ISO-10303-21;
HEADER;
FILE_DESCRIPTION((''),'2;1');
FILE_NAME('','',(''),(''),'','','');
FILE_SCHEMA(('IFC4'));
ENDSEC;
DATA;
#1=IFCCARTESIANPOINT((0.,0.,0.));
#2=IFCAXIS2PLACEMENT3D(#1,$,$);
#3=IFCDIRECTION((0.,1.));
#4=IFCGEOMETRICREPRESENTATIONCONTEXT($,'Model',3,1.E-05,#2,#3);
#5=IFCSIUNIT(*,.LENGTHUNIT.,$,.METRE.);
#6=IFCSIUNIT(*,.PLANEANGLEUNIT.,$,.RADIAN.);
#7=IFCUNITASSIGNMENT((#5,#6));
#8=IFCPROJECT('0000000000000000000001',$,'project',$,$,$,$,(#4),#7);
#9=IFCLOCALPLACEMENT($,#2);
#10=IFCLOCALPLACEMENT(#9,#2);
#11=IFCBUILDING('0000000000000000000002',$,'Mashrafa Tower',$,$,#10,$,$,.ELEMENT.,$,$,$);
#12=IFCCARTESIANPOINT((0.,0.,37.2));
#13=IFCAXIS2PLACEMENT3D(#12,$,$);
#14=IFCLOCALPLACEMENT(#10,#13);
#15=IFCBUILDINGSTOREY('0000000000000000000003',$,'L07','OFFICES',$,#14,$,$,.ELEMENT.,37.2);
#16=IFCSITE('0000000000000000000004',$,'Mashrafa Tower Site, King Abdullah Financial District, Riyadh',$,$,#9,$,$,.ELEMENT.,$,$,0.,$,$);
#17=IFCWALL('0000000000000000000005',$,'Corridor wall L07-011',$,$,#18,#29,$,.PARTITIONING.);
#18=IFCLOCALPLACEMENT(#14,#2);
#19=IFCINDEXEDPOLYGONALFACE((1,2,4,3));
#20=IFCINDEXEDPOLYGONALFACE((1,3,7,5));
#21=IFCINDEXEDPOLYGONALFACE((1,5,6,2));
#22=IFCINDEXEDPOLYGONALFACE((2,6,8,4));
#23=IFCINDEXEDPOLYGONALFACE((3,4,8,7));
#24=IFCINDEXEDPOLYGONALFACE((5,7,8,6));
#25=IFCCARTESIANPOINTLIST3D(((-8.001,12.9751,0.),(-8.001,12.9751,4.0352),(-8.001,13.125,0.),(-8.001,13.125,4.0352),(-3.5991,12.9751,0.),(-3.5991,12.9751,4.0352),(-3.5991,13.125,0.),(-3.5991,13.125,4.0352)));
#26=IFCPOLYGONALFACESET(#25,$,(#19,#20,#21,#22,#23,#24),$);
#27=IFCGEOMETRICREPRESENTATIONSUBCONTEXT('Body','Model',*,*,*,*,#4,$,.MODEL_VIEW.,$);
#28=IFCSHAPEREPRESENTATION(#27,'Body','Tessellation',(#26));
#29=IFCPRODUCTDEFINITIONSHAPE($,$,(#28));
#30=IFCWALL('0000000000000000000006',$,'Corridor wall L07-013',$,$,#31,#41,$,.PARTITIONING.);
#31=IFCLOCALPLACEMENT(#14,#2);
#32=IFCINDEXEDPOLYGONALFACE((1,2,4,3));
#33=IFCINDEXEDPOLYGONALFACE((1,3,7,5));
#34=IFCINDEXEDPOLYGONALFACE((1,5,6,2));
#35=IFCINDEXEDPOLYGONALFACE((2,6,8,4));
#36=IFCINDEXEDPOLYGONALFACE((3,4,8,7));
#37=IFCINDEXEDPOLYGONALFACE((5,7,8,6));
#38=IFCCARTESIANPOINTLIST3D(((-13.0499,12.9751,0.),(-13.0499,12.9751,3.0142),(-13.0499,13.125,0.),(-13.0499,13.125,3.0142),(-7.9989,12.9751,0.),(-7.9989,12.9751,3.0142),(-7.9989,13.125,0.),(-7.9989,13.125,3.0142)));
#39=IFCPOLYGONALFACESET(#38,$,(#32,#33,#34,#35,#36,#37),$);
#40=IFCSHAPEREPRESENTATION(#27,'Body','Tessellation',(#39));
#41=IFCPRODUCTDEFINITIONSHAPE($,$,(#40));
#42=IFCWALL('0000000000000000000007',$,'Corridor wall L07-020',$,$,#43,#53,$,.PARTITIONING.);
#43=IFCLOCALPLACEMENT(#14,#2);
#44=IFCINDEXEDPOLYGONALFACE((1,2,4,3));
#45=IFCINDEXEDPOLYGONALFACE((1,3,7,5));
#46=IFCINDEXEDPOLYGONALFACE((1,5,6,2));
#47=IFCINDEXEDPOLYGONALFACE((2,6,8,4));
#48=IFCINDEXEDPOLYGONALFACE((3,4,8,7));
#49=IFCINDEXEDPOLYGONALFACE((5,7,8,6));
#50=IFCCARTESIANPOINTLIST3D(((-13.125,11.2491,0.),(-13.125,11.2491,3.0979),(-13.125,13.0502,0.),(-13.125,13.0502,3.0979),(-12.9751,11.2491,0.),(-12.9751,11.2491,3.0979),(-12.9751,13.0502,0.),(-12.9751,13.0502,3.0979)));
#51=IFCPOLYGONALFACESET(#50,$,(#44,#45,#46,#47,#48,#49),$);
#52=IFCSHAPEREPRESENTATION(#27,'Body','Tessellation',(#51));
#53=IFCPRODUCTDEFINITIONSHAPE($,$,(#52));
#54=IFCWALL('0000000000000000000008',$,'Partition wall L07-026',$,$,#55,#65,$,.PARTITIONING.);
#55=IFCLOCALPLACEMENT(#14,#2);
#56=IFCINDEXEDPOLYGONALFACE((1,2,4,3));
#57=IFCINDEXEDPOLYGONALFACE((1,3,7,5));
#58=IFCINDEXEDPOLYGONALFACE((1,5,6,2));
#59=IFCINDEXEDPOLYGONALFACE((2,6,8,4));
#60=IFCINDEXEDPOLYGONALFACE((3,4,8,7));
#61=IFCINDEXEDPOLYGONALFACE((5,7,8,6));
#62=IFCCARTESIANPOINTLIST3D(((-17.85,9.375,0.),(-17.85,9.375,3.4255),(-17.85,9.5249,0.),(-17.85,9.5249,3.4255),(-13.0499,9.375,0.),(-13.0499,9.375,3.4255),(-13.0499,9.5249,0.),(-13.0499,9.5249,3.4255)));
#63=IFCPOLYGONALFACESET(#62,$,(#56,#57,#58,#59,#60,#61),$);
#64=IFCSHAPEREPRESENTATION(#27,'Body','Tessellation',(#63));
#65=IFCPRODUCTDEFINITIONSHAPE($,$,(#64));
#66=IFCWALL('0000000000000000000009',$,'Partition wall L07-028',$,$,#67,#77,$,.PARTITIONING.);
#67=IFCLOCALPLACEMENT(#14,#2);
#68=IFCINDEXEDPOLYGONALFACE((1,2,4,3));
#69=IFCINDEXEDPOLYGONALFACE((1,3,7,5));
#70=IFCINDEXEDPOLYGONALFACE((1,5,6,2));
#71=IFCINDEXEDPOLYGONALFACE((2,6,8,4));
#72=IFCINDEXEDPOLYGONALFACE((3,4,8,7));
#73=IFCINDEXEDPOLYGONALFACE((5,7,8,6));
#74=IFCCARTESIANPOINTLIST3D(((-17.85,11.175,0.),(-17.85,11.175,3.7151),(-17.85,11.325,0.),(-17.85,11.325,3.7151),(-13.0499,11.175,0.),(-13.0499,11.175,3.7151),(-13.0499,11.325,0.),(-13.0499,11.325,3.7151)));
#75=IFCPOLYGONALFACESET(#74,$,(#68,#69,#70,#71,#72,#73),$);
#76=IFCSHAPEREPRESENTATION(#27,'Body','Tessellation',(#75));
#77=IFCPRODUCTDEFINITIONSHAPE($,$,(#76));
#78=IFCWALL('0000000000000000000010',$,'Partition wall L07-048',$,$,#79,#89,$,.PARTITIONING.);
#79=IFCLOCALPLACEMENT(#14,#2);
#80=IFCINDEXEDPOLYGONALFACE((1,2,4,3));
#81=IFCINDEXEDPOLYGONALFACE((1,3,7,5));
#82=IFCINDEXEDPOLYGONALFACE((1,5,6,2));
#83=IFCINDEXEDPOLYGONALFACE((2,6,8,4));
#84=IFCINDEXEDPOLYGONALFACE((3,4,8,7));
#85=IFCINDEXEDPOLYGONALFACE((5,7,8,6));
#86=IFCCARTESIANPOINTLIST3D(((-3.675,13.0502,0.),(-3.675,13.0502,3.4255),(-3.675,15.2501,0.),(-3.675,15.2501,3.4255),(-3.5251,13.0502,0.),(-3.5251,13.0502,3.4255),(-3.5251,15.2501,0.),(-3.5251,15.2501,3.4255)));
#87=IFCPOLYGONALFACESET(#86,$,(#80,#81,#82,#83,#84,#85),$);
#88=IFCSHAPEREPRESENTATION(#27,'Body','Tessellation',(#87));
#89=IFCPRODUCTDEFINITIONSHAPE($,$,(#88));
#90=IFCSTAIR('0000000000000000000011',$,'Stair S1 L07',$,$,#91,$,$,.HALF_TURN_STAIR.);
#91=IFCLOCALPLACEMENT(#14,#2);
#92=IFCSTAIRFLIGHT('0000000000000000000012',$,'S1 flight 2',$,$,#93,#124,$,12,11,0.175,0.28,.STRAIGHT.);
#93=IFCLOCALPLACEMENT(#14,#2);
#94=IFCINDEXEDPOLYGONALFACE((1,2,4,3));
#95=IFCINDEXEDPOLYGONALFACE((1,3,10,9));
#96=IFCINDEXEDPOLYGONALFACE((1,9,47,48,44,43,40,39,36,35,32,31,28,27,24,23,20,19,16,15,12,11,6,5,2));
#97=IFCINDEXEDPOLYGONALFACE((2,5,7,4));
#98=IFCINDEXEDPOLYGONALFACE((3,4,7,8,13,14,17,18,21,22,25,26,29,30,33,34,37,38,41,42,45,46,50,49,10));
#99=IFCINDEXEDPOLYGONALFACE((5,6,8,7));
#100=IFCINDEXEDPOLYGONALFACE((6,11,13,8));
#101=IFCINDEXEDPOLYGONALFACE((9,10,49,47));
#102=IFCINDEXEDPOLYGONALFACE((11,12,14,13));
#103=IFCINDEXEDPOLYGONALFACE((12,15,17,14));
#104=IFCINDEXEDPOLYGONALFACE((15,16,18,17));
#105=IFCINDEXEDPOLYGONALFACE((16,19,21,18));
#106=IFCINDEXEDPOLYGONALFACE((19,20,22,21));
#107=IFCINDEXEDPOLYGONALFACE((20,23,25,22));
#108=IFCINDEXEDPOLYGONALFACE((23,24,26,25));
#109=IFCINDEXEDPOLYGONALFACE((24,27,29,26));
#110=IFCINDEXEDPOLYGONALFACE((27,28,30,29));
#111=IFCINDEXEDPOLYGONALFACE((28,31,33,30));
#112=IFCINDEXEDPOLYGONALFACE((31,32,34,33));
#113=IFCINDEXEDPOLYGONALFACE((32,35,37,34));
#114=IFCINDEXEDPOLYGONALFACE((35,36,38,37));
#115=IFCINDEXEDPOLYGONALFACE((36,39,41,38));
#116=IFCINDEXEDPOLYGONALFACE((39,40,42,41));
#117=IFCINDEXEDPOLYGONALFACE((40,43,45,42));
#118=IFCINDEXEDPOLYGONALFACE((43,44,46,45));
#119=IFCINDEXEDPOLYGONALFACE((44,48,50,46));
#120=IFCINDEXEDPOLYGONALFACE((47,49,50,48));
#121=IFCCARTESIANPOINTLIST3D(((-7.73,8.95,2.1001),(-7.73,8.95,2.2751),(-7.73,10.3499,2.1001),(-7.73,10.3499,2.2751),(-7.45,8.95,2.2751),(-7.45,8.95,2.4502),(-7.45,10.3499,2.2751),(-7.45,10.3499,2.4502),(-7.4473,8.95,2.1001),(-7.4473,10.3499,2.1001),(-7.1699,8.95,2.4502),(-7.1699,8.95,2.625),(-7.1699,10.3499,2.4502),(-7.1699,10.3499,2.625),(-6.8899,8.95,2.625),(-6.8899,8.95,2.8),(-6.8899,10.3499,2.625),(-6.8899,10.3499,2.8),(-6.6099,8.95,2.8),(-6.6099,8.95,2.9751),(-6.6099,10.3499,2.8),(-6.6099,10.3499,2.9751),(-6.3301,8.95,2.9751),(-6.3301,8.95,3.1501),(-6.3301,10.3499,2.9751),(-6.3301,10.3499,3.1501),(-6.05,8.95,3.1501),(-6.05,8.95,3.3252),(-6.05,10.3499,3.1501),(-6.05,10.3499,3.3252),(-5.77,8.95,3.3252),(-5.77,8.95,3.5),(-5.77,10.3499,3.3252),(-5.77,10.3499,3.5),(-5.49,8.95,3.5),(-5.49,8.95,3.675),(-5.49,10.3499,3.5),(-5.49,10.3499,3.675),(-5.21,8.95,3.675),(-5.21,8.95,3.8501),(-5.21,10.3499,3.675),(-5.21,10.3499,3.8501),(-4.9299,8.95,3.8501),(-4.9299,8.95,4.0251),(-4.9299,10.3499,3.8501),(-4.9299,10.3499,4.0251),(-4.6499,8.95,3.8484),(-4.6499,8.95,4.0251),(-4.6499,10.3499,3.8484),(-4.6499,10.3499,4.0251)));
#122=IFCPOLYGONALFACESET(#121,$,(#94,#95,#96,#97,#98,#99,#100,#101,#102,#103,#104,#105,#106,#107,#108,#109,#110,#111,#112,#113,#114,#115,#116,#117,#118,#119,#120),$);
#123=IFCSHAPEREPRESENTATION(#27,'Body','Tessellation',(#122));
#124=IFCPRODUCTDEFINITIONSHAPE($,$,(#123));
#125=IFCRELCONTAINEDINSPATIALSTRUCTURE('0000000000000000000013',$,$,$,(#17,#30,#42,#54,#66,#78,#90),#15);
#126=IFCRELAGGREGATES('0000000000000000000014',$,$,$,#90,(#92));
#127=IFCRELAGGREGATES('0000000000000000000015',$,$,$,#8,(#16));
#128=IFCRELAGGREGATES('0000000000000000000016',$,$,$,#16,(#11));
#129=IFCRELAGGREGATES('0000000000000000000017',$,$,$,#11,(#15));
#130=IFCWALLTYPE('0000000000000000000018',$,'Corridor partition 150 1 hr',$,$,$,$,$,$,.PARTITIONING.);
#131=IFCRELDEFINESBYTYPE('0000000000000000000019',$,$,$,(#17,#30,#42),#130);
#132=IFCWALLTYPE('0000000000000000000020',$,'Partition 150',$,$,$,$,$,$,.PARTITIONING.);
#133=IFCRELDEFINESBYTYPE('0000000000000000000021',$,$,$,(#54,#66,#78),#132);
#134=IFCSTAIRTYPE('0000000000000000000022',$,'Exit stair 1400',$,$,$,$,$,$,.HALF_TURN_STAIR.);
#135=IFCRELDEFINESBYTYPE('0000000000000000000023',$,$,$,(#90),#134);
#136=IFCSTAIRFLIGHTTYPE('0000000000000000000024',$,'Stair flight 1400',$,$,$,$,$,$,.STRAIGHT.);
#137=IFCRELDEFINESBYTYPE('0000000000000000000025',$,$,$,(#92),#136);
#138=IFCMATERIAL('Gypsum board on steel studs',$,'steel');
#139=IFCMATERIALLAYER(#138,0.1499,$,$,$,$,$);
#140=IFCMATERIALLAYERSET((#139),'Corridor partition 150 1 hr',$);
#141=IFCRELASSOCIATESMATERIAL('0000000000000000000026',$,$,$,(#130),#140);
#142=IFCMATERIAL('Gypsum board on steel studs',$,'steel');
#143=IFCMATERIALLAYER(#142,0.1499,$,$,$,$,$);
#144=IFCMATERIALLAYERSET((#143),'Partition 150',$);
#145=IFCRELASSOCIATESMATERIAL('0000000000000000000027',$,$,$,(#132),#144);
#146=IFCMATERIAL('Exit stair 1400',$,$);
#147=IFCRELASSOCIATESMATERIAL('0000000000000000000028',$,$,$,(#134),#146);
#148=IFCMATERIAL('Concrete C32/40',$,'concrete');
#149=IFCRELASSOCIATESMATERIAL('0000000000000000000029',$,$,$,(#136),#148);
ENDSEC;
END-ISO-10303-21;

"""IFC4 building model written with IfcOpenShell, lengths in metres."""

from ifc_helpers import new_model, si_unit, direction, frame, frame_2d, origin, place, context, subcontext, project, spatial, polyline, rectangle, outline, extrude, material, layer, layer_set, type_object, element, aggregate, save


model = new_model("IFC4")

# Units and contexts
model_context = context("Model", 3, precision=1e-05, world=origin(), true_north=direction((0.0, 1.0)))
body_context = subcontext(model_context, "Body", "Model", "MODEL_VIEW")
ifc_project = project(units=[si_unit("LENGTHUNIT", "METRE"), si_unit("PLANEANGLEUNIT", "RADIAN")], contexts=[model_context])

# Site, building, storey
site_placement = place(None, origin())
site = spatial("IfcSite", under=ifc_project, at=site_placement, Name="Mashrafa Tower Site, King Abdullah Financial District, Riyadh", CompositionType="ELEMENT", RefElevation=0.0)
building_placement = place(site_placement, origin())
building = spatial("IfcBuilding", under=site, at=building_placement, Name="Mashrafa Tower", CompositionType="ELEMENT")
storey_placement = place(building_placement, frame((0.0, 0.0, 37.2)))
storey = spatial("IfcBuildingStorey", under=building, at=storey_placement, Name="L07", Description="OFFICES", CompositionType="ELEMENT", Elevation=37.2)

# Shared definitions
ifc_material_1 = material(Name="Gypsum board on steel studs", Category="steel")
ifc_layer_1 = layer(ifc_material_1, 0.1499)
ifc_layer_set_1 = layer_set([ifc_layer_1], Name="Corridor partition 150 1 hr")
wall_type_1 = type_object("IfcWallType", Name="Corridor partition 150 1 hr", PredefinedType="PARTITIONING", material=ifc_layer_set_1)

# Walls
wall_1_placement = place(storey_placement, frame((-3.5991, 13.05, 0.0), z_axis=(0.0, 0.0, 1.0), x_axis=(-1.0, 0.0, 0.0)))
element("IfcWall", 1, at=wall_1_placement, inside=storey, type_object=wall_type_1, Name="Corridor wall L07-011", PredefinedType="PARTITIONING", context=body_context, shape_type="SweptSolid", body=[
    extrude(rectangle(XDim=4.4019, YDim=0.1499, at=frame_2d((2.2009, 0.0))), origin(), (0.0, 0.0, 1.0), 4.0352),
])
wall_2_placement = place(storey_placement, frame((-7.999, 13.05, 0.0), z_axis=(0.0, 0.0, 1.0), x_axis=(-1.0, 0.0, 0.0)))
element("IfcWall", 2, at=wall_2_placement, inside=storey, type_object=wall_type_1, Name="Corridor wall L07-013", PredefinedType="PARTITIONING", context=body_context, shape_type="SweptSolid", body=[
    extrude(rectangle(XDim=5.051, YDim=0.1499, at=frame_2d((2.5254, 0.0))), origin(), (0.0, 0.0, 1.0), 3.0142),
])
wall_3_placement = place(storey_placement, frame((-13.05, 13.05, 0.0), z_axis=(0.0, 0.0, 1.0), x_axis=(0.0, -1.0, 0.0)))
element("IfcWall", 3, at=wall_3_placement, inside=storey, type_object=wall_type_1, Name="Corridor wall L07-020", PredefinedType="PARTITIONING", context=body_context, shape_type="SweptSolid", body=[
    extrude(rectangle(XDim=1.801, YDim=0.1499, at=frame_2d((0.9004, 0.0))), origin(), (0.0, 0.0, 1.0), 3.0979),
])
ifc_material_2 = material(Name="Gypsum board on steel studs", Category="steel")
ifc_layer_2 = layer(ifc_material_2, 0.1499)
ifc_layer_set_2 = layer_set([ifc_layer_2], Name="Partition 150")
wall_type_2 = type_object("IfcWallType", Name="Partition 150", PredefinedType="PARTITIONING", material=ifc_layer_set_2)
wall_4_placement = place(storey_placement, frame((-13.05, 9.45, 0.0), z_axis=(0.0, 0.0, 1.0), x_axis=(-1.0, 0.0, 0.0)))
element("IfcWall", 4, at=wall_4_placement, inside=storey, type_object=wall_type_2, Name="Partition wall L07-026", PredefinedType="PARTITIONING", context=body_context, shape_type="SweptSolid", body=[
    extrude(rectangle(XDim=4.8, YDim=0.1499, at=frame_2d((2.3999, 0.0))), origin(), (0.0, 0.0, 1.0), 3.4255),
])
wall_5_placement = place(storey_placement, frame((-13.05, 11.25, 0.0), z_axis=(0.0, 0.0, 1.0), x_axis=(-1.0, 0.0, 0.0)))
element("IfcWall", 5, at=wall_5_placement, inside=storey, type_object=wall_type_2, Name="Partition wall L07-028", PredefinedType="PARTITIONING", context=body_context, shape_type="SweptSolid", body=[
    extrude(rectangle(XDim=4.8, YDim=0.1499, at=frame_2d((2.3999, 0.0))), origin(), (0.0, 0.0, 1.0), 3.7151),
])
wall_6_placement = place(storey_placement, frame((-3.6001, 13.05, 0.0), z_axis=(0.0, 0.0, 1.0), x_axis=(0.0, 1.0, 0.0)))
element("IfcWall", 6, at=wall_6_placement, inside=storey, type_object=wall_type_2, Name="Partition wall L07-048", PredefinedType="PARTITIONING", context=body_context, shape_type="SweptSolid", body=[
    extrude(rectangle(XDim=2.2, YDim=0.1499, at=frame_2d((1.1001, 0.0))), origin(), (0.0, 0.0, 1.0), 3.4255),
])

# Stair, stair flight
ifc_material_3 = material(Name="Exit stair 1400")
stair_type = type_object("IfcStairType", Name="Exit stair 1400", PredefinedType="HALF_TURN_STAIR", material=ifc_material_3)
stair_placement = place(storey_placement, origin())
stair = element("IfcStair", 7, at=stair_placement, inside=storey, type_object=stair_type, Name="Stair S1 L07", PredefinedType="HALF_TURN_STAIR")
ifc_material_4 = material(Name="Concrete C32/40", Category="concrete")
stair_flight_type = type_object("IfcStairFlightType", Name="Stair flight 1400", PredefinedType="STRAIGHT", material=ifc_material_4)
stair_flight_placement = place(storey_placement, frame((-7.73, 9.6499, 2.1001), z_axis=(0.0, 0.0, 1.0), x_axis=(1.0, 0.0, 0.0)))
stair_flight = element("IfcStairFlight", 8, at=stair_flight_placement, type_object=stair_flight_type, Name="S1 flight 2", NumberOfRisers=12, NumberOfTreads=11, PredefinedType="STRAIGHT", RiserHeight=0.175, TreadLength=0.28, context=body_context, shape_type="SweptSolid", body=[
    extrude(outline(polyline([(0.0, 0.0), (0.0, 0.175), (0.28, 0.175), (0.28, 0.3501), (0.5601, 0.3501), (0.5601, 0.5249), (0.8401, 0.5249), (0.8401, 0.7), (1.1201, 0.7), (1.1201, 0.875), (1.3999, 0.875), (1.3999, 1.05), (1.6799, 1.05), (1.6799, 1.2251), (1.96, 1.2251), (1.96, 1.3999), (2.24, 1.3999), (2.24, 1.575), (2.52, 1.575), (2.52, 1.75), (2.8, 1.75), (2.8, 1.925), (3.0801, 1.925), (3.0801, 2.1001), (3.0801, 1.7483), (0.2827, 0.0), (0.0, 0.0)])), frame((0.0, 0.7, 0.0), z_axis=(0.0, -1.0, 0.0), x_axis=(1.0, 0.0, 0.0)), (0.0, 0.0, 1.0), 1.3999),
])
aggregate(stair, [stair_flight])

save(model, "model.ifc")
